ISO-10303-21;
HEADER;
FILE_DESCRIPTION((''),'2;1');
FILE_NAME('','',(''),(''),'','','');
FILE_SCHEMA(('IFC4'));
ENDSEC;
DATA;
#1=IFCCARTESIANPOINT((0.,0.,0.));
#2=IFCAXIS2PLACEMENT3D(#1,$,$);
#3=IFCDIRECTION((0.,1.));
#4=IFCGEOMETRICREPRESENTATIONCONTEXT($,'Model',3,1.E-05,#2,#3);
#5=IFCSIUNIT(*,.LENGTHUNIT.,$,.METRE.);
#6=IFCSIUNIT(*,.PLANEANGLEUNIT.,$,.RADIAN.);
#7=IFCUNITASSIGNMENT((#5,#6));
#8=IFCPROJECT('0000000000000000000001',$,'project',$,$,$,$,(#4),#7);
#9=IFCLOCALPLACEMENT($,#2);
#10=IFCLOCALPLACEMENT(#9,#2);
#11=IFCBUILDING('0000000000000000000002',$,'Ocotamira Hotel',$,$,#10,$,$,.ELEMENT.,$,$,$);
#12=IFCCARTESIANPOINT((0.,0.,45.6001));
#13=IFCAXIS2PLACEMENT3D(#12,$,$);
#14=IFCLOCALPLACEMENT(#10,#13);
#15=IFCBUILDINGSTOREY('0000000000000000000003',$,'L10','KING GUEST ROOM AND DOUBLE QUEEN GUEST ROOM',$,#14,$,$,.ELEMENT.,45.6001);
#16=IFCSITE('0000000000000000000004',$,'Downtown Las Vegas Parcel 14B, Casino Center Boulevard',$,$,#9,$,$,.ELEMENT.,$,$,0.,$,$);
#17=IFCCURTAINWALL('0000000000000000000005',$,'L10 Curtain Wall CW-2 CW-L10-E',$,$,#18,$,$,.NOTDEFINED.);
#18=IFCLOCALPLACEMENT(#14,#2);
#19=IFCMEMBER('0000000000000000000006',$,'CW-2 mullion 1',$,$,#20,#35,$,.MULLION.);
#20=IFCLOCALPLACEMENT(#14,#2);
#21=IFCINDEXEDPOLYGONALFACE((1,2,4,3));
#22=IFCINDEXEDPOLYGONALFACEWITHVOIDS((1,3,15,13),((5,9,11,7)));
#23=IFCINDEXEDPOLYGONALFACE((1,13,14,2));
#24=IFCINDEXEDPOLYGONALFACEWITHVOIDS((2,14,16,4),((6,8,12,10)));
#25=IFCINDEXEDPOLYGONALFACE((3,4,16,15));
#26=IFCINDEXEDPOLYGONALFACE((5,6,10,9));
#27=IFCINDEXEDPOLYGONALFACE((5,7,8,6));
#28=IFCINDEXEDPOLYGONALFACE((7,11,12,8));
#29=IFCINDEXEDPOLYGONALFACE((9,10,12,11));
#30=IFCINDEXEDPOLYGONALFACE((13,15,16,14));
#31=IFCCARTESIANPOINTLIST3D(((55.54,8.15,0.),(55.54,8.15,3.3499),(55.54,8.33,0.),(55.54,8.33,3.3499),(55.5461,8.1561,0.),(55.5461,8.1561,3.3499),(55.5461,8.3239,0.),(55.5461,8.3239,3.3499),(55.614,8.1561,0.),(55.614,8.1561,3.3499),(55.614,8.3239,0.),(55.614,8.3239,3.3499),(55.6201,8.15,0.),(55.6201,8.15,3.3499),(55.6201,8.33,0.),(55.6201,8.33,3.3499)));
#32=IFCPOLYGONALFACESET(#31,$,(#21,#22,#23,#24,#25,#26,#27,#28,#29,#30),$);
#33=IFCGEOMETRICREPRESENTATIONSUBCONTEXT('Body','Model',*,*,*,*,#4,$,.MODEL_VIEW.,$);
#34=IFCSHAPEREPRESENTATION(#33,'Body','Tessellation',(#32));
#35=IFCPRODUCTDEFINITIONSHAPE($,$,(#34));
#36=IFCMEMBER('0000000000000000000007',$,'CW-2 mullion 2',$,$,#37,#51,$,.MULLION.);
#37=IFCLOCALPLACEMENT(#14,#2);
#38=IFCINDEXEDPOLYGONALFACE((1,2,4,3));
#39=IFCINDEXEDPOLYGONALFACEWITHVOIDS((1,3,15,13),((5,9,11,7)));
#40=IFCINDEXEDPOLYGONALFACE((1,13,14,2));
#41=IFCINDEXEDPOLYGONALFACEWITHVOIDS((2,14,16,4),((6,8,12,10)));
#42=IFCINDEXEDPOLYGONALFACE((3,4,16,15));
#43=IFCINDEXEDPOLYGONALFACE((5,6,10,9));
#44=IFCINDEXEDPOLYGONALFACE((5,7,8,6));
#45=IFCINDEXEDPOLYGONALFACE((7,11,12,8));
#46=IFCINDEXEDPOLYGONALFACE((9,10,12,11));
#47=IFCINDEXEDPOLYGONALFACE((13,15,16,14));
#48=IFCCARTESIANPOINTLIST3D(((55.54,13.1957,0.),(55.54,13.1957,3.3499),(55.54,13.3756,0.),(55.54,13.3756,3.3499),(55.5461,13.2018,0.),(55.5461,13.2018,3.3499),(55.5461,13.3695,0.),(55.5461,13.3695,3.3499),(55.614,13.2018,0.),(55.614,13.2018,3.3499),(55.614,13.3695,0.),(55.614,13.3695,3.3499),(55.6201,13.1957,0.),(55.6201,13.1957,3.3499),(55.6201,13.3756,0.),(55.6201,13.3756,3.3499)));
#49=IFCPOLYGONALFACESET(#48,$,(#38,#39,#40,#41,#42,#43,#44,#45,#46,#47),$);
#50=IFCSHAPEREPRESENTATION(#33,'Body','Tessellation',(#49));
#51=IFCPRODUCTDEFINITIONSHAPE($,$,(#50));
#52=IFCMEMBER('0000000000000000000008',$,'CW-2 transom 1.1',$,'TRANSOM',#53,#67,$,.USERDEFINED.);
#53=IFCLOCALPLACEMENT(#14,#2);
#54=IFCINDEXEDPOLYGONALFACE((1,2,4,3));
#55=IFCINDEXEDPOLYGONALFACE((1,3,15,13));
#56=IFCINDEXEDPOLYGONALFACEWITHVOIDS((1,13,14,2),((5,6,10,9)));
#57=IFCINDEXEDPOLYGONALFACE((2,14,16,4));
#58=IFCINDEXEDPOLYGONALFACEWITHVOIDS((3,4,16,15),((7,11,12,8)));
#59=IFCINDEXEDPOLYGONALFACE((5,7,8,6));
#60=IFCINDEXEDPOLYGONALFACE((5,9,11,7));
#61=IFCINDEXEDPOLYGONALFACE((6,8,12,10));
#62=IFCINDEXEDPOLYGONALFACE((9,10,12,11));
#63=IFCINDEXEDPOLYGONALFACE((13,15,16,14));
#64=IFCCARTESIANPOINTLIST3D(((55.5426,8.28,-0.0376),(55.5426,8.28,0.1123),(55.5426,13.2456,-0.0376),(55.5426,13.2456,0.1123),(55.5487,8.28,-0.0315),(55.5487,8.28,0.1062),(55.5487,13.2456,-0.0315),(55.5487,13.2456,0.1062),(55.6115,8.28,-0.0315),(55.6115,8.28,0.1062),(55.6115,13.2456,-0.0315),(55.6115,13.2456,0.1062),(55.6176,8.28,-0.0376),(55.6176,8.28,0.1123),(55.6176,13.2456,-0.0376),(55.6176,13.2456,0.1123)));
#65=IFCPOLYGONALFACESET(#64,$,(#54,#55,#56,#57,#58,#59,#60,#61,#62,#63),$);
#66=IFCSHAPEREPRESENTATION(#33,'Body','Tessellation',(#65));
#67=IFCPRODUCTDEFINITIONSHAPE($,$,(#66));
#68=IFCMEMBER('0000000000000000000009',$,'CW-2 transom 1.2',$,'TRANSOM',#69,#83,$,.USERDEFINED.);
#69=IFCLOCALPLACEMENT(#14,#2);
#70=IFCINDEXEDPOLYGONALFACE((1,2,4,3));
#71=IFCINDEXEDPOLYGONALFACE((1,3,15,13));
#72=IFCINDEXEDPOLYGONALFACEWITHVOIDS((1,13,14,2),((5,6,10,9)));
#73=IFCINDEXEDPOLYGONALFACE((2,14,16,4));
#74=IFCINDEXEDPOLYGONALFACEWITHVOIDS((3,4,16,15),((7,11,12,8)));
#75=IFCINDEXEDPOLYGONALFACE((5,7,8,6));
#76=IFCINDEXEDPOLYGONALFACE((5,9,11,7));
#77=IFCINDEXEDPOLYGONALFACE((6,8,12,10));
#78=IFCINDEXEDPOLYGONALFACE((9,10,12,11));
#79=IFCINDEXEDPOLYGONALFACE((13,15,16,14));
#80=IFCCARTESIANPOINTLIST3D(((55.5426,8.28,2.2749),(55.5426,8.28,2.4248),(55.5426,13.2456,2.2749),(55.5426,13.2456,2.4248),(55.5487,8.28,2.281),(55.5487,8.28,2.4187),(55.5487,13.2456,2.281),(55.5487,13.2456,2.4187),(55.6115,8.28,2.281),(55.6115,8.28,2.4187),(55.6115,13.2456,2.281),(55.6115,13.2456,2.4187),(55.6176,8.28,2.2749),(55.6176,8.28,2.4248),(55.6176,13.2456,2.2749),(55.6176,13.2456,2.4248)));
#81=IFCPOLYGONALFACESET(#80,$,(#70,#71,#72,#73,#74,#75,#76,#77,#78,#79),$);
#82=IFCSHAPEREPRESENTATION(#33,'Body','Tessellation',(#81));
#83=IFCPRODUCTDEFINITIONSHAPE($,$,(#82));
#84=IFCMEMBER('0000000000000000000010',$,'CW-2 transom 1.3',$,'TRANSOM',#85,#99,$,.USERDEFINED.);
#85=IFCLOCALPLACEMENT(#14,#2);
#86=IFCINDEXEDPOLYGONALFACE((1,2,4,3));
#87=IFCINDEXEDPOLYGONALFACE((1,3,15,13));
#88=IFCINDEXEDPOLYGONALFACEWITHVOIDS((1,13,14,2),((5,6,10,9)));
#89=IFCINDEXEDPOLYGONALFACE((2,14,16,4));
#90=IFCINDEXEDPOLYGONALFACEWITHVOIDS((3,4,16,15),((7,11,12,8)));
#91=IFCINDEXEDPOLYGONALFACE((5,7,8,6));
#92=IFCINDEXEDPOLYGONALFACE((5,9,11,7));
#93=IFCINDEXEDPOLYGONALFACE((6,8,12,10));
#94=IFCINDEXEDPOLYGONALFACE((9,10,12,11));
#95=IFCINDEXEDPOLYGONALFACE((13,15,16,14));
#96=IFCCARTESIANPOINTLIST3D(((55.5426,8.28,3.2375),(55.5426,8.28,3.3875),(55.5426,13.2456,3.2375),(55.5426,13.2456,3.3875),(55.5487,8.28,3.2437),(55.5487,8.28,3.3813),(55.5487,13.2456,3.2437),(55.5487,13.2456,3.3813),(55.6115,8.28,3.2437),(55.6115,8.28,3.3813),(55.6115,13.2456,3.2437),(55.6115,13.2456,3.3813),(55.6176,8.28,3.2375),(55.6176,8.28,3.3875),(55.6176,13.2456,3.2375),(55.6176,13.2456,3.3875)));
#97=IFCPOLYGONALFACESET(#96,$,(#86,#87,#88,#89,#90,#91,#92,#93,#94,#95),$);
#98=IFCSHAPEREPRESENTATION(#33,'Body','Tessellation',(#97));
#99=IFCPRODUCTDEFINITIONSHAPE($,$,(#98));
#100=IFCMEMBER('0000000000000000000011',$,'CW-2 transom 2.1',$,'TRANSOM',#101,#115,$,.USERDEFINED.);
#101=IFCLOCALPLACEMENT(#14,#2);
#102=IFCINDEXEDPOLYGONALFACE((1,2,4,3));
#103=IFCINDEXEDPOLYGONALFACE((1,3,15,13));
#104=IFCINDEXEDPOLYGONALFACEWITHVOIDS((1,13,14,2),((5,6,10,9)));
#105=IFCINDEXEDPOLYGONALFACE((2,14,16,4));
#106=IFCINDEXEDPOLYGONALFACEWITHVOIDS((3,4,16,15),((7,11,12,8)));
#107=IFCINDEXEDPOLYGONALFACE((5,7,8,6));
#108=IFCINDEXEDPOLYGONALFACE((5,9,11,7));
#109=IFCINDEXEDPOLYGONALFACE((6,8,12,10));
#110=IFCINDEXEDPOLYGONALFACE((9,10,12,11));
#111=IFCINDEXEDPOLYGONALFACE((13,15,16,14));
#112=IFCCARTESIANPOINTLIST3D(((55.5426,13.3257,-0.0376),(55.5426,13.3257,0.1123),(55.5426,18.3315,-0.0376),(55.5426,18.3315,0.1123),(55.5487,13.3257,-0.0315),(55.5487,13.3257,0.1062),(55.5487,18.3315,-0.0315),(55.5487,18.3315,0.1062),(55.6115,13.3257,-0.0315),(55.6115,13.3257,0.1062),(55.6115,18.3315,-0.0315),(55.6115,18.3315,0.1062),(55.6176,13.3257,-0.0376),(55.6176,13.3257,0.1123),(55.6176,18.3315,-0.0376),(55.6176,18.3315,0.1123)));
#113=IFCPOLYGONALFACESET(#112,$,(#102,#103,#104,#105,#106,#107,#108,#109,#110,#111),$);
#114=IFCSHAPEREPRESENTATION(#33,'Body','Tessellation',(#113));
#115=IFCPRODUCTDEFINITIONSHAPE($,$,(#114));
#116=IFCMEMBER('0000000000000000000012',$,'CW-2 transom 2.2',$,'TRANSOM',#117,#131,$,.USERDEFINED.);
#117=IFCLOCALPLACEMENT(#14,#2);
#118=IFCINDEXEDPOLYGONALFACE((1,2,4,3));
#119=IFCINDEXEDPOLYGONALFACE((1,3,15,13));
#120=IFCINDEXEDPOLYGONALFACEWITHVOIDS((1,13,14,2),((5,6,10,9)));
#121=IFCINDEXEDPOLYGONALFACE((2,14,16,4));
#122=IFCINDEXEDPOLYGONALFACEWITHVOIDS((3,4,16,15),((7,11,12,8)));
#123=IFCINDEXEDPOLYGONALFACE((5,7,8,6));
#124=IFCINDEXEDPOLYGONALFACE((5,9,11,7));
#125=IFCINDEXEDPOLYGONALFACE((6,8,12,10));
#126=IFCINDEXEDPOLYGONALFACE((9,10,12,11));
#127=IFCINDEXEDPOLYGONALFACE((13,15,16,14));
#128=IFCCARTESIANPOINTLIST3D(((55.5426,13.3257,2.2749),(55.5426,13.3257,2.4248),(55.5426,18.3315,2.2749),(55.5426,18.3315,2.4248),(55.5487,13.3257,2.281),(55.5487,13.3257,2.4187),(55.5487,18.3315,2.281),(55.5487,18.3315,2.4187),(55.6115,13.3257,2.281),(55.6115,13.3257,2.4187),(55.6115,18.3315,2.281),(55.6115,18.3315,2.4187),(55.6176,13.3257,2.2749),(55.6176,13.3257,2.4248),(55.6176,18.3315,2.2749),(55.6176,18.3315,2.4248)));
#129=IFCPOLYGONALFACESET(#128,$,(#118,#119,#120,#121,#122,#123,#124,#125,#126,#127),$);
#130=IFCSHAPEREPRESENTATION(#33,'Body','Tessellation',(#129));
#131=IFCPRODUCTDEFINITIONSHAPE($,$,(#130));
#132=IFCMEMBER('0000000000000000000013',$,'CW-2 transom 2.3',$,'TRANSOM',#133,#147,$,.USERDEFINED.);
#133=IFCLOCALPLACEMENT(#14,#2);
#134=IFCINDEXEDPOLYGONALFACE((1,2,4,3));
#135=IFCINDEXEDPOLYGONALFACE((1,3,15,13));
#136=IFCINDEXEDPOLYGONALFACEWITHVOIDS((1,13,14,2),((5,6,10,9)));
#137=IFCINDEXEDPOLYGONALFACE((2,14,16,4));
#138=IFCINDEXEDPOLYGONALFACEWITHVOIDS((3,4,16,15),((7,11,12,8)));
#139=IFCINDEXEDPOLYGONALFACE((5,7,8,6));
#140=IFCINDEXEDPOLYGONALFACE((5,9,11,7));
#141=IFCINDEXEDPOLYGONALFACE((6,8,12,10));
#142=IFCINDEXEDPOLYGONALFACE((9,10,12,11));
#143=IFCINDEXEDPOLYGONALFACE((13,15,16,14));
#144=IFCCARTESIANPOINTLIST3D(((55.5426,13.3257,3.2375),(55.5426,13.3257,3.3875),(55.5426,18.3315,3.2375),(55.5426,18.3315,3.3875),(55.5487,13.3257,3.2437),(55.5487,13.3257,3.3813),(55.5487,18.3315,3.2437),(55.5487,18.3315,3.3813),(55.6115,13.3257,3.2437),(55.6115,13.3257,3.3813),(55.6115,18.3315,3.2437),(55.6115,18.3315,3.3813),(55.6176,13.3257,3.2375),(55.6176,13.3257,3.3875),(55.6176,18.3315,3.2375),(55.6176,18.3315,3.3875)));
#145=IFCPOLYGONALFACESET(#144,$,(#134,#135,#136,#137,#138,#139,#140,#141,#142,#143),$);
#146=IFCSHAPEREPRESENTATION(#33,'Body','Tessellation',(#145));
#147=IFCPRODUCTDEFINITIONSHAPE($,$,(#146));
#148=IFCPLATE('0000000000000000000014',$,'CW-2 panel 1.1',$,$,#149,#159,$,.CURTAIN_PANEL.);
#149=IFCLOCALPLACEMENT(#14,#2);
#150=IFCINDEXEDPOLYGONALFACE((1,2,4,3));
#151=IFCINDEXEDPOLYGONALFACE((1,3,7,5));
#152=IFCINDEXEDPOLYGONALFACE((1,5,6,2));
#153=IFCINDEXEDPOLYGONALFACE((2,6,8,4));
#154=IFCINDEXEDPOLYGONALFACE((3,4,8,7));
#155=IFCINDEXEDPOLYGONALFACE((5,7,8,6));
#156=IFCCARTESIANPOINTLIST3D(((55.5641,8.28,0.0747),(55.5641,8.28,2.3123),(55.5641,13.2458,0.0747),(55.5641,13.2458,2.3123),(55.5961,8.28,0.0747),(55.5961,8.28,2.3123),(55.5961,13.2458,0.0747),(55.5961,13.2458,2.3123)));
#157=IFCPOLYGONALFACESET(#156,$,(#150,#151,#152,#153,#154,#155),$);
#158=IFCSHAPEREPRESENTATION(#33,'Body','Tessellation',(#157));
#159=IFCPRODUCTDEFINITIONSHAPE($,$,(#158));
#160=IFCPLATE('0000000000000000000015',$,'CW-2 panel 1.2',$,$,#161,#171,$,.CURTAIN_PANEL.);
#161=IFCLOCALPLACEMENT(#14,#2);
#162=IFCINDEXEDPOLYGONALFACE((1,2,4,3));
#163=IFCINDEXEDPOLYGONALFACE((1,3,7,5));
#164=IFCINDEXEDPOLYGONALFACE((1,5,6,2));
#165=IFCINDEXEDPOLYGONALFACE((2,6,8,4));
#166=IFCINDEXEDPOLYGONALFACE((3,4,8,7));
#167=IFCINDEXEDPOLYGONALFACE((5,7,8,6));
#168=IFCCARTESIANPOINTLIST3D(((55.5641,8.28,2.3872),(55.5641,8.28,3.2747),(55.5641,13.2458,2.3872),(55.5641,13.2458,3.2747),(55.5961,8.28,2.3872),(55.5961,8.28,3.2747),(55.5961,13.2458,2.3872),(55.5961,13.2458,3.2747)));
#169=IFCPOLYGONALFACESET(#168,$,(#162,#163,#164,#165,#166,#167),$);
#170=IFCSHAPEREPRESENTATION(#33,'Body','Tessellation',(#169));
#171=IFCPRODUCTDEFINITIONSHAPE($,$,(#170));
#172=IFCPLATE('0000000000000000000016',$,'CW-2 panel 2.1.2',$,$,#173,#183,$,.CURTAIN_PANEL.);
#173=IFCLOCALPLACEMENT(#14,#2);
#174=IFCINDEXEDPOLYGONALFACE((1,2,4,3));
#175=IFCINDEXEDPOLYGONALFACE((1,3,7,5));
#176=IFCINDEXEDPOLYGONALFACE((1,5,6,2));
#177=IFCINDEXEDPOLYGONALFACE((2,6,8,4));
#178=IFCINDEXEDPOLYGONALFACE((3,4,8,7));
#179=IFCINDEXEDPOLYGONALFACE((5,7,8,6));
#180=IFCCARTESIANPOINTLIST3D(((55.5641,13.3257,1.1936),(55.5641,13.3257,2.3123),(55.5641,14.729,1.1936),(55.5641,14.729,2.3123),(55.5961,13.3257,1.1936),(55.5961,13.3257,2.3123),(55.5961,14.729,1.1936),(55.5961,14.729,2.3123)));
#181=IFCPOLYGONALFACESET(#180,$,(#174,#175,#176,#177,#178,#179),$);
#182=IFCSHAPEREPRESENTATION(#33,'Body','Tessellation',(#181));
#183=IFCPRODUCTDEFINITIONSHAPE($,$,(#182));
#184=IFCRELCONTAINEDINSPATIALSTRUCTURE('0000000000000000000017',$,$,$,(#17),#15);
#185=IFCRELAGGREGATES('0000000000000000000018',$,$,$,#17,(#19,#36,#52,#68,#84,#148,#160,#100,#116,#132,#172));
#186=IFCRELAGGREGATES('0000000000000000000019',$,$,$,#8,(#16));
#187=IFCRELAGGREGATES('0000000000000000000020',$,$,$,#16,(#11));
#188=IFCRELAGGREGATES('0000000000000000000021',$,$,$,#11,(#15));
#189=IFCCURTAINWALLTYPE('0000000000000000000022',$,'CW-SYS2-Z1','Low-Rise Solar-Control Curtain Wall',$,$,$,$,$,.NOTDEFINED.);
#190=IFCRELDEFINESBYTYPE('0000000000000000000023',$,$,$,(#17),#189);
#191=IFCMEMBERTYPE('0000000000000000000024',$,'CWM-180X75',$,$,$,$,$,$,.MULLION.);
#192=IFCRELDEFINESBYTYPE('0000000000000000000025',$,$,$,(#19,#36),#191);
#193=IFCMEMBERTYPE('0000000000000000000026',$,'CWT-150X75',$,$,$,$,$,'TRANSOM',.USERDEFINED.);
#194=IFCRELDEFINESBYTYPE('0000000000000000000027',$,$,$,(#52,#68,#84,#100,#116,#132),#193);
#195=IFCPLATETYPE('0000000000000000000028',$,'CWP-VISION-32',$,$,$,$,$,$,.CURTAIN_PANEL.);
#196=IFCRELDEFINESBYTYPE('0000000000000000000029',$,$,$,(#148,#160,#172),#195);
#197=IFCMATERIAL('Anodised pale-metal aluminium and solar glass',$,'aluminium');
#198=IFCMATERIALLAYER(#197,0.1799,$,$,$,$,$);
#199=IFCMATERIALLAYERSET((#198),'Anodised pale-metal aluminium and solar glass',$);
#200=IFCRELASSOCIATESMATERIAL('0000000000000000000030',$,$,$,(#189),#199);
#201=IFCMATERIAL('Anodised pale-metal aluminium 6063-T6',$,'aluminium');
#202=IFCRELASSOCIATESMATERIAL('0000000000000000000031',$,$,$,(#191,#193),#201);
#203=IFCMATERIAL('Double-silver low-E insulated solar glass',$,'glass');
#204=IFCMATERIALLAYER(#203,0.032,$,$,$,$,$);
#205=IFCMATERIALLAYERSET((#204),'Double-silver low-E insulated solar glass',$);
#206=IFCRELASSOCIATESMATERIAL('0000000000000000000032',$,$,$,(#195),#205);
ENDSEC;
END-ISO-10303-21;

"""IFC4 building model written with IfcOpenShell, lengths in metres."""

from ifc_helpers import new_model, si_unit, direction, frame, origin, origin_2d, place, context, subcontext, project, spatial, rectangle, hollow_rectangle, extrude, source, transform, mapped, material, layer, layer_set, material_profile, profile_set, type_object, element, aggregate, save


model = new_model("IFC4")

# Units and contexts
model_context = context("Model", 3, precision=1e-05, world=origin(), true_north=direction((0.0, 1.0)))
body_context = subcontext(model_context, "Body", "Model", "MODEL_VIEW")
ifc_project = project(units=[si_unit("LENGTHUNIT", "METRE"), si_unit("PLANEANGLEUNIT", "RADIAN")], contexts=[model_context])

# Site, building, storey
site_placement = place(None, origin())
site = spatial("IfcSite", under=ifc_project, at=site_placement, Name="Downtown Las Vegas Parcel 14B, Casino Center Boulevard", CompositionType="ELEMENT", RefElevation=0.0)
building_placement = place(site_placement, origin())
building = spatial("IfcBuilding", under=site, at=building_placement, Name="Ocotamira Hotel", CompositionType="ELEMENT")
storey_placement = place(building_placement, frame((0.0, 0.0, 45.6001)))
storey = spatial("IfcBuildingStorey", under=building, at=storey_placement, Name="L10", Description="KING GUEST ROOM AND DOUBLE QUEEN GUEST ROOM", CompositionType="ELEMENT", Elevation=45.6001)

# Curtain wall, members, plates
ifc_material_1 = material(Name="Anodised pale-metal aluminium and solar glass", Category="aluminium")
ifc_layer_1 = layer(ifc_material_1, 0.1799)
ifc_layer_set_1 = layer_set([ifc_layer_1], Name="Anodised pale-metal aluminium and solar glass")
curtain_wall_type = type_object("IfcCurtainWallType", Name="CW-SYS2-Z1", Description="Low-Rise Solar-Control Curtain Wall", PredefinedType="NOTDEFINED", material=ifc_layer_set_1)
curtain_wall_placement = place(storey_placement, origin())
curtain_wall = element("IfcCurtainWall", 1, at=curtain_wall_placement, inside=storey, type_object=curtain_wall_type, Name="L10 Curtain Wall CW-2 CW-L10-E", PredefinedType="NOTDEFINED")
ifc_material_2 = material(Name="Anodised pale-metal aluminium 6063-T6", Category="aluminium")
ifc_material_profile_1 = material_profile(ifc_material_2, hollow_rectangle(XDim=0.0801, YDim=0.1799, WallThickness=0.0061, at=origin_2d()), Name="HSS180X80X6")
ifc_profile_set_1 = profile_set([ifc_material_profile_1], Name="Anodised pale-metal aluminium 6063-T6")
member_type_1 = type_object("IfcMemberType", Name="CWM-180X75", PredefinedType="MULLION", material=ifc_profile_set_1)
shared_shape_1 = source(origin(), body_context, "Body", "SweptSolid", [
    extrude(hollow_rectangle(XDim=0.0801, YDim=0.1799, WallThickness=0.0061, at=origin_2d()), origin(), (0.0, 0.0, 1.0), 3.3499),
])
member_1_placement = place(storey_placement, frame((55.5801, 8.24, 0.0), z_axis=(0.0, 0.0, 1.0), x_axis=(-1.0, 0.0, 0.0)))
member_1 = element("IfcMember", 2, at=member_1_placement, type_object=member_type_1, Name="CW-2 mullion 1", PredefinedType="MULLION", context=body_context, shape_type="MappedRepresentation", body=[
    mapped(shared_shape_1, transform((0.0, 0.0, 0.0), scale=1.0)),
])
member_2_placement = place(storey_placement, frame((55.5801, 13.2856, 0.0), z_axis=(0.0, 0.0, 1.0), x_axis=(-1.0, 0.0, 0.0)))
member_2 = element("IfcMember", 3, at=member_2_placement, type_object=member_type_1, Name="CW-2 mullion 2", PredefinedType="MULLION", context=body_context, shape_type="MappedRepresentation", body=[
    mapped(shared_shape_1, transform((0.0, 0.0, 0.0), scale=1.0)),
])
ifc_material_profile_2 = material_profile(ifc_material_2, hollow_rectangle(XDim=0.075, YDim=0.1499, WallThickness=0.0061, at=origin_2d()), Name="HSS150X75X6")
ifc_profile_set_2 = profile_set([ifc_material_profile_2], Name="Anodised pale-metal aluminium 6063-T6")
member_type_2 = type_object("IfcMemberType", Name="CWT-150X75", ElementType="TRANSOM", PredefinedType="USERDEFINED", material=ifc_profile_set_2)
shared_shape_2 = source(origin(), body_context, "Body", "SweptSolid", [
    extrude(hollow_rectangle(XDim=0.075, YDim=0.1499, WallThickness=0.0061, at=origin_2d()), origin(), (0.0, 0.0, 1.0), 4.9656),
])
member_3_placement = place(storey_placement, frame((55.5801, 8.28, 0.0374), z_axis=(0.0, 1.0, 0.0), x_axis=(-1.0, 0.0, 0.0)))
member_3 = element("IfcMember", 4, at=member_3_placement, type_object=member_type_2, Name="CW-2 transom 1.1", ObjectType="TRANSOM", PredefinedType="USERDEFINED", context=body_context, shape_type="MappedRepresentation", body=[
    mapped(shared_shape_2, transform((0.0, 0.0, 0.0), scale=1.0)),
])
member_4_placement = place(storey_placement, frame((55.5801, 8.28, 2.3499), z_axis=(0.0, 1.0, 0.0), x_axis=(-1.0, 0.0, 0.0)))
member_4 = element("IfcMember", 5, at=member_4_placement, type_object=member_type_2, Name="CW-2 transom 1.2", ObjectType="TRANSOM", PredefinedType="USERDEFINED", context=body_context, shape_type="MappedRepresentation", body=[
    mapped(shared_shape_2, transform((0.0, 0.0, 0.0), scale=1.0)),
])
member_5_placement = place(storey_placement, frame((55.5801, 8.28, 3.3125), z_axis=(0.0, 1.0, 0.0), x_axis=(-1.0, 0.0, 0.0)))
member_5 = element("IfcMember", 6, at=member_5_placement, type_object=member_type_2, Name="CW-2 transom 1.3", ObjectType="TRANSOM", PredefinedType="USERDEFINED", context=body_context, shape_type="MappedRepresentation", body=[
    mapped(shared_shape_2, transform((0.0, 0.0, 0.0), scale=1.0)),
])
shared_shape_3 = source(origin(), body_context, "Body", "SweptSolid", [
    extrude(hollow_rectangle(XDim=0.075, YDim=0.1499, WallThickness=0.0061, at=origin_2d()), origin(), (0.0, 0.0, 1.0), 5.0059),
])
member_6_placement = place(storey_placement, frame((55.5801, 13.3257, 0.0374), z_axis=(0.0, 1.0, 0.0), x_axis=(-1.0, 0.0, 0.0)))
member_6 = element("IfcMember", 7, at=member_6_placement, type_object=member_type_2, Name="CW-2 transom 2.1", ObjectType="TRANSOM", PredefinedType="USERDEFINED", context=body_context, shape_type="MappedRepresentation", body=[
    mapped(shared_shape_3, transform((0.0, 0.0, 0.0), scale=1.0)),
])
member_7_placement = place(storey_placement, frame((55.5801, 13.3257, 2.3499), z_axis=(0.0, 1.0, 0.0), x_axis=(-1.0, 0.0, 0.0)))
member_7 = element("IfcMember", 8, at=member_7_placement, type_object=member_type_2, Name="CW-2 transom 2.2", ObjectType="TRANSOM", PredefinedType="USERDEFINED", context=body_context, shape_type="MappedRepresentation", body=[
    mapped(shared_shape_3, transform((0.0, 0.0, 0.0), scale=1.0)),
])
member_8_placement = place(storey_placement, frame((55.5801, 13.3257, 3.3125), z_axis=(0.0, 1.0, 0.0), x_axis=(-1.0, 0.0, 0.0)))
member_8 = element("IfcMember", 9, at=member_8_placement, type_object=member_type_2, Name="CW-2 transom 2.3", ObjectType="TRANSOM", PredefinedType="USERDEFINED", context=body_context, shape_type="MappedRepresentation", body=[
    mapped(shared_shape_3, transform((0.0, 0.0, 0.0), scale=1.0)),
])
ifc_material_3 = material(Name="Double-silver low-E insulated solar glass", Category="glass")
ifc_layer_2 = layer(ifc_material_3, 0.032)
ifc_layer_set_2 = layer_set([ifc_layer_2], Name="Double-silver low-E insulated solar glass")
plate_type = type_object("IfcPlateType", Name="CWP-VISION-32", PredefinedType="CURTAIN_PANEL", material=ifc_layer_set_2)
shared_shape_4 = source(origin(), body_context, "Body", "SweptSolid", [
    extrude(rectangle(XDim=4.9658, YDim=0.032, at=origin_2d()), origin(), (0.0, 0.0, 1.0), 2.2375),
])
plate_1_placement = place(storey_placement, frame((55.5801, 10.7629, 0.0747), z_axis=(0.0, 0.0, 1.0), x_axis=(0.0, 1.0, 0.0)))
plate_1 = element("IfcPlate", 10, at=plate_1_placement, type_object=plate_type, Name="CW-2 panel 1.1", PredefinedType="CURTAIN_PANEL", context=body_context, shape_type="MappedRepresentation", body=[
    mapped(shared_shape_4, transform((0.0, 0.0, 0.0), scale=1.0)),
])
shared_shape_5 = source(origin(), body_context, "Body", "SweptSolid", [
    extrude(rectangle(XDim=4.9658, YDim=0.032, at=origin_2d()), origin(), (0.0, 0.0, 1.0), 0.8875),
])
plate_2_placement = place(storey_placement, frame((55.5801, 10.7629, 2.3872), z_axis=(0.0, 0.0, 1.0), x_axis=(0.0, 1.0, 0.0)))
plate_2 = element("IfcPlate", 11, at=plate_2_placement, type_object=plate_type, Name="CW-2 panel 1.2", PredefinedType="CURTAIN_PANEL", context=body_context, shape_type="MappedRepresentation", body=[
    mapped(shared_shape_5, transform((0.0, 0.0, 0.0), scale=1.0)),
])
shared_shape_6 = source(origin(), body_context, "Body", "SweptSolid", [
    extrude(rectangle(XDim=1.4033, YDim=0.032, at=origin_2d()), origin(), (0.0, 0.0, 1.0), 1.1187),
])
plate_3_placement = place(storey_placement, frame((55.5801, 14.0273, 1.1936), z_axis=(0.0, 0.0, 1.0), x_axis=(0.0, 1.0, 0.0)))
plate_3 = element("IfcPlate", 12, at=plate_3_placement, type_object=plate_type, Name="CW-2 panel 2.1.2", PredefinedType="CURTAIN_PANEL", context=body_context, shape_type="MappedRepresentation", body=[
    mapped(shared_shape_6, transform((0.0, 0.0, 0.0), scale=1.0)),
])
aggregate(curtain_wall, [member_1, member_2, member_3, member_4, member_5, plate_1, plate_2, member_6, member_7, member_8, plate_3])

save(model, "model.ifc")
